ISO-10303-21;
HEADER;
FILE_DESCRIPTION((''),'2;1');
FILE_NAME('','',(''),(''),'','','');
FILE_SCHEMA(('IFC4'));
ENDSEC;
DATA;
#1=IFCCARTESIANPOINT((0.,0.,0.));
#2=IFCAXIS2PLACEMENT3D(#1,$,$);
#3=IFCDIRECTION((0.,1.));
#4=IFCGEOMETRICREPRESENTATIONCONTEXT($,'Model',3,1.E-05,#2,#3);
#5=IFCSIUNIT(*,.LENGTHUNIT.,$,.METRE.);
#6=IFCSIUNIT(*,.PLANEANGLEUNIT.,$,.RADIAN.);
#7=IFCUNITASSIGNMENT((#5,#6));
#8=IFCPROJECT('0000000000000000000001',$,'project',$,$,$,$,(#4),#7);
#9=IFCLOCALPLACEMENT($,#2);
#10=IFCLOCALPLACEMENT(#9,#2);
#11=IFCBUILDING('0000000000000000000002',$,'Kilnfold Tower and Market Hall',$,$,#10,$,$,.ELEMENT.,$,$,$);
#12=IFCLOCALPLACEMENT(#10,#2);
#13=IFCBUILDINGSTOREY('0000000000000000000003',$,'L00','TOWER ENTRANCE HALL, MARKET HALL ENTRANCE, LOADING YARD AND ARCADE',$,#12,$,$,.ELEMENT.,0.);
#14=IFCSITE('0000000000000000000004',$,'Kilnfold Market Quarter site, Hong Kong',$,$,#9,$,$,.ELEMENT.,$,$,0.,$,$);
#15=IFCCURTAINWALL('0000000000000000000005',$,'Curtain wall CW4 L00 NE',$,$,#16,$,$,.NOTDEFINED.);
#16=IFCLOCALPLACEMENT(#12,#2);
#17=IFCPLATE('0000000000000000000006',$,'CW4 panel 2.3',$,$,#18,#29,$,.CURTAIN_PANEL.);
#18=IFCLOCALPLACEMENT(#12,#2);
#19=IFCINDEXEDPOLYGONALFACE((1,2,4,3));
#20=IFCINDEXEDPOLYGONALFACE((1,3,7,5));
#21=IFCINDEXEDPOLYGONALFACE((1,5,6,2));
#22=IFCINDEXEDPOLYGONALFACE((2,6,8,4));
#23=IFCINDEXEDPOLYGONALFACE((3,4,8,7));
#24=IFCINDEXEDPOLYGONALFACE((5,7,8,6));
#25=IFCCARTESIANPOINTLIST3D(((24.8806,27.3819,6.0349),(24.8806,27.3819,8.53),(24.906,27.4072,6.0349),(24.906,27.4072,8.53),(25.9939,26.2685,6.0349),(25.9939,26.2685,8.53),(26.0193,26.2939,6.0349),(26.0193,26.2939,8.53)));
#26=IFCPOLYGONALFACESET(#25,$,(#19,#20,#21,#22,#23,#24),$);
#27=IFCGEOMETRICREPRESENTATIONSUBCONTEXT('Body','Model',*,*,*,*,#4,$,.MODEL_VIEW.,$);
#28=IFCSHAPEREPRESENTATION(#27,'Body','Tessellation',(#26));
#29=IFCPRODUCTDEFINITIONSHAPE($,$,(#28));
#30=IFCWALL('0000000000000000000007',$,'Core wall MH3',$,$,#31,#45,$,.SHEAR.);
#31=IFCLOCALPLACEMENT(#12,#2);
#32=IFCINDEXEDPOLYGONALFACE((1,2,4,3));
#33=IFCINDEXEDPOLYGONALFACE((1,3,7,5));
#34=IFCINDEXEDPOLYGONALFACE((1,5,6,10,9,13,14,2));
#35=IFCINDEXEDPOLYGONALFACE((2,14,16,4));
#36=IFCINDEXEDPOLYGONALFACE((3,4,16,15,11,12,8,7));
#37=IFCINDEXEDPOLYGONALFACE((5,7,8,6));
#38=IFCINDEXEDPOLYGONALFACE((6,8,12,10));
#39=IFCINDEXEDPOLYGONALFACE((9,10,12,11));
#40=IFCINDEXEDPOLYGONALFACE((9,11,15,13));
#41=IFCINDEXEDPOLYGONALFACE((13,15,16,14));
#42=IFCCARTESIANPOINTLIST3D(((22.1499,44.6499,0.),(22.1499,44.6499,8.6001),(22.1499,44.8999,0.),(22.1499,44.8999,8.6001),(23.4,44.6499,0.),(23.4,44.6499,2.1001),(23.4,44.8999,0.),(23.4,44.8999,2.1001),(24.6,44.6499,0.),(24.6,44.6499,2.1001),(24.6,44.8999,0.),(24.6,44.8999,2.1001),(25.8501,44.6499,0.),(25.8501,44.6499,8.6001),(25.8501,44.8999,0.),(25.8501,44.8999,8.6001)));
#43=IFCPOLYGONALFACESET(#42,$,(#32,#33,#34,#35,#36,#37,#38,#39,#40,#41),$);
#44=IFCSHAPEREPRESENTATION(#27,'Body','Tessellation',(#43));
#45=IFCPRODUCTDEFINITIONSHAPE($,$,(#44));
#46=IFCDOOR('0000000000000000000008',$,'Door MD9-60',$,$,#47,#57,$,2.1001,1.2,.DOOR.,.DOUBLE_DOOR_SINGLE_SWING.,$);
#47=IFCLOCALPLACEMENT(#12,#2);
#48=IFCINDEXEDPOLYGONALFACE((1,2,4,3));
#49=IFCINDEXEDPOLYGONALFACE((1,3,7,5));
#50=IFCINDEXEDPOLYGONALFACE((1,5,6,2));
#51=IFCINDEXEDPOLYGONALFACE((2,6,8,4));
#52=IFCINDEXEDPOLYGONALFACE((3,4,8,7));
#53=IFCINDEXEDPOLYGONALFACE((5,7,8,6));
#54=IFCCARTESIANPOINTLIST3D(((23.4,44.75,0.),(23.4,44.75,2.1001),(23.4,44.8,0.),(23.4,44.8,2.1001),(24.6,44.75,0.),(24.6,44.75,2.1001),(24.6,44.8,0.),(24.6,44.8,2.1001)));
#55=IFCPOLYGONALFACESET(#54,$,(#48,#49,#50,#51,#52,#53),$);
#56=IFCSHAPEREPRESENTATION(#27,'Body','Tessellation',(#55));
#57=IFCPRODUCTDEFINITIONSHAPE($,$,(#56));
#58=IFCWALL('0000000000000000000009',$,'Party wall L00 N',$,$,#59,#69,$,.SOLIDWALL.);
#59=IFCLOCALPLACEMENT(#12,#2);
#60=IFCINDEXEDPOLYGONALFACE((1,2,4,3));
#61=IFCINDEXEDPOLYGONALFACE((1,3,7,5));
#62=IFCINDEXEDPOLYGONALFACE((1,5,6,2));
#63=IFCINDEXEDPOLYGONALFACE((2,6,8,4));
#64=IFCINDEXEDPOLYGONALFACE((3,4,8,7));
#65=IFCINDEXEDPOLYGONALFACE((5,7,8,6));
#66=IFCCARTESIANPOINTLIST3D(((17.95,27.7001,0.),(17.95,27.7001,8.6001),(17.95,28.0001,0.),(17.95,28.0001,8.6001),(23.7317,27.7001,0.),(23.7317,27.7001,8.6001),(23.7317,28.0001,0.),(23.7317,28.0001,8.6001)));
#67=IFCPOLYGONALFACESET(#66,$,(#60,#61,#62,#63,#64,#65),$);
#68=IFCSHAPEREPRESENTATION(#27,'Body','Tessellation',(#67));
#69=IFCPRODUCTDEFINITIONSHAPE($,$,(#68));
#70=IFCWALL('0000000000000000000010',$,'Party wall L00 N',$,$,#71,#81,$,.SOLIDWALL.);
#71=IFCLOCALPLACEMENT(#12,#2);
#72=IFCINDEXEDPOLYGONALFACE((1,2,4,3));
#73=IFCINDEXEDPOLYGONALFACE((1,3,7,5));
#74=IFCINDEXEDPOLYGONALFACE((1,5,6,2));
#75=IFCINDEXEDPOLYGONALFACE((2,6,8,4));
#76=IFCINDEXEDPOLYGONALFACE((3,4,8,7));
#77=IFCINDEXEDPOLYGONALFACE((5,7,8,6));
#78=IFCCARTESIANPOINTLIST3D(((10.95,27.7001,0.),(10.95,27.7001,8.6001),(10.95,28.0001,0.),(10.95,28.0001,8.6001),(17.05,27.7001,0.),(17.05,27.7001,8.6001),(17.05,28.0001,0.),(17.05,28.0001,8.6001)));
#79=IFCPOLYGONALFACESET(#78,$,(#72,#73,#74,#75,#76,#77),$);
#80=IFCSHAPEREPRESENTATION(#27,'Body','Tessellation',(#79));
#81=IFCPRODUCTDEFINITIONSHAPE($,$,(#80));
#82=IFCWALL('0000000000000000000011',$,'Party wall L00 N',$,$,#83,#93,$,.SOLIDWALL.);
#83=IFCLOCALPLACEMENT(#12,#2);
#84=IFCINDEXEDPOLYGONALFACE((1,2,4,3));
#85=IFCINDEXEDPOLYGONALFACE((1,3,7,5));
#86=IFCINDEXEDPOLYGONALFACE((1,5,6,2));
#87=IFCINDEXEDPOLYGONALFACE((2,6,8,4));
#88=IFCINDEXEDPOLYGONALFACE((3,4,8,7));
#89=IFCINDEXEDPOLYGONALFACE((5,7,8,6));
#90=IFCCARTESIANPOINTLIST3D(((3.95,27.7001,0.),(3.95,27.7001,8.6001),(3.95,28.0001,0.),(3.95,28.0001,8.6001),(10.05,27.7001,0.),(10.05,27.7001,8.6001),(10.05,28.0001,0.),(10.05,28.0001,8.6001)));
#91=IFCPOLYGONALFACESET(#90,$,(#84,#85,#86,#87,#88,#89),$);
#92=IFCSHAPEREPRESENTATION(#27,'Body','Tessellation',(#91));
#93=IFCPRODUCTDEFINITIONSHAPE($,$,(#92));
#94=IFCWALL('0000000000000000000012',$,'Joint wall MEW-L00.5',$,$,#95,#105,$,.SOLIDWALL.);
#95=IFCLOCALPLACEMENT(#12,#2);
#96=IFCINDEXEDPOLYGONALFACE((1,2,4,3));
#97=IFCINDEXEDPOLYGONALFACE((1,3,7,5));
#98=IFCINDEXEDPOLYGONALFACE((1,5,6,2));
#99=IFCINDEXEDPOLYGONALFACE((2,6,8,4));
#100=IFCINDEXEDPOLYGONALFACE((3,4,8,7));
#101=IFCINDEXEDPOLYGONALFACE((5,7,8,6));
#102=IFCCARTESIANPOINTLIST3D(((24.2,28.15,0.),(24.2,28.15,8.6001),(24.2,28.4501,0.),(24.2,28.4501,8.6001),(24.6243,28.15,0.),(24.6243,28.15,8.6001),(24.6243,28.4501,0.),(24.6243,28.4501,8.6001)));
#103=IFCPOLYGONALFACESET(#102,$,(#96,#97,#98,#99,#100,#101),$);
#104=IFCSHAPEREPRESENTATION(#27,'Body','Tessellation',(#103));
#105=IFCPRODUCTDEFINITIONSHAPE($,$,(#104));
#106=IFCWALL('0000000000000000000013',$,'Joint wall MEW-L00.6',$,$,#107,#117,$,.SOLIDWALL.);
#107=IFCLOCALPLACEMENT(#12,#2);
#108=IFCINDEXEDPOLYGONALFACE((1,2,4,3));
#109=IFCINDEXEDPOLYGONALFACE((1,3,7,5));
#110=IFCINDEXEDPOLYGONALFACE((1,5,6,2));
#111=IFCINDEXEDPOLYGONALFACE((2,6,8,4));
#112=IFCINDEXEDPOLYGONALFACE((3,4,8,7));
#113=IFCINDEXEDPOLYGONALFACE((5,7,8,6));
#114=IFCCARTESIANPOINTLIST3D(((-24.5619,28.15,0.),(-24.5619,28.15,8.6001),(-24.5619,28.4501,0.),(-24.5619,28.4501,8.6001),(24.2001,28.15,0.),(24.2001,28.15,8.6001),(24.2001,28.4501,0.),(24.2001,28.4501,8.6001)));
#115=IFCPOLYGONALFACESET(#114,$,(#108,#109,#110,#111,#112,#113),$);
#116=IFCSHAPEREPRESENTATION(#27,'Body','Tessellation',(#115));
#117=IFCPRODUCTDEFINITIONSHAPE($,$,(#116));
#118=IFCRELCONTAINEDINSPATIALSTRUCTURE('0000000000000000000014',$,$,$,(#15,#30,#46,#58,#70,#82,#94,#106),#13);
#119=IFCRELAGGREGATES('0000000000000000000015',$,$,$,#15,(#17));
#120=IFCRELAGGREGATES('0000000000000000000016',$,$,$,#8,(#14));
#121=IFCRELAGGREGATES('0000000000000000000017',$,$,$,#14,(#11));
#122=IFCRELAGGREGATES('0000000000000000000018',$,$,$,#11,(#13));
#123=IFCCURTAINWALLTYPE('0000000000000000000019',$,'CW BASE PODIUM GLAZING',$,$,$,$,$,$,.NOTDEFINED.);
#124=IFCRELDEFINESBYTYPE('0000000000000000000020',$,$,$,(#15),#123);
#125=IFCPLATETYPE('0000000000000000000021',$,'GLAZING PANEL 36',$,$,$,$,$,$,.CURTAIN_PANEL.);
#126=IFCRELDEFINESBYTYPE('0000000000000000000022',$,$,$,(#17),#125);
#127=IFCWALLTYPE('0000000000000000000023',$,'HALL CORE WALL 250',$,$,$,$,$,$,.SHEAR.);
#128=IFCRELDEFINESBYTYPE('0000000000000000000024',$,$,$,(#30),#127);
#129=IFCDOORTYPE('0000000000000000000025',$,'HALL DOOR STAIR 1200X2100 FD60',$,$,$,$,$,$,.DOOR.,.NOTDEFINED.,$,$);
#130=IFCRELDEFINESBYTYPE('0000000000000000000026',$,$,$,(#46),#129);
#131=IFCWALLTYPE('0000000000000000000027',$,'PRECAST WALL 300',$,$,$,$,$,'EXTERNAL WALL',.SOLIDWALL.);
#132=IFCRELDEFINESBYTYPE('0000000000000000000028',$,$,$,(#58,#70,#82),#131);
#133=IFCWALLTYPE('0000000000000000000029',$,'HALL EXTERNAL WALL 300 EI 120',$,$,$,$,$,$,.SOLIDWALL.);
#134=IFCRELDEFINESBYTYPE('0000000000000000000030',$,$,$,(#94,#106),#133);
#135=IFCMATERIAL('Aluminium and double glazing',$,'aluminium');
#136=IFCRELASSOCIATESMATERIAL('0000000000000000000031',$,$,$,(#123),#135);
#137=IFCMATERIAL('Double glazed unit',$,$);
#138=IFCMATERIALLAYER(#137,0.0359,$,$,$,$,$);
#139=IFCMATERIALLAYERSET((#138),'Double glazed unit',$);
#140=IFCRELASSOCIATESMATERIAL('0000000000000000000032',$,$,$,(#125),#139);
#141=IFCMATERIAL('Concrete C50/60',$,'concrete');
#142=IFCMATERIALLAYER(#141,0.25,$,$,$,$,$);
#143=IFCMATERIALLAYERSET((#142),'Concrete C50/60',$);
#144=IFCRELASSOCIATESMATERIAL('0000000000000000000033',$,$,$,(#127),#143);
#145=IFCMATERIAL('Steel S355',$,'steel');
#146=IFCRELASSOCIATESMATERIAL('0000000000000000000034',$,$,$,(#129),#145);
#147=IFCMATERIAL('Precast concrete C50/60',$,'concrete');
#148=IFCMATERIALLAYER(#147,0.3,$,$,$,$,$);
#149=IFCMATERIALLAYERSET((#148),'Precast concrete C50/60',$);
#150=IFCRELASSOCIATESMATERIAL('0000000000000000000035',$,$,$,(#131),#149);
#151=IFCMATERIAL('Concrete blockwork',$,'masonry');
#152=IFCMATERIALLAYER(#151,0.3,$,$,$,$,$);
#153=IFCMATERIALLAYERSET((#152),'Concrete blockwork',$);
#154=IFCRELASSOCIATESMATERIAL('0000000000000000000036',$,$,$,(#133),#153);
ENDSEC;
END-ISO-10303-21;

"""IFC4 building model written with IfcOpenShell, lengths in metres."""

from ifc_helpers import new_model, si_unit, direction, frame, frame_2d, origin, origin_2d, place, context, subcontext, project, spatial, rectangle, extrude, source, transform, mapped, material, layer, layer_set, type_object, element, fill, aggregate, save


model = new_model("IFC4")

# Units and contexts
model_context = context("Model", 3, precision=1e-05, world=origin(), true_north=direction((0.0, 1.0)))
body_context = subcontext(model_context, "Body", "Model", "MODEL_VIEW")
ifc_project = project(units=[si_unit("LENGTHUNIT", "METRE"), si_unit("PLANEANGLEUNIT", "RADIAN")], contexts=[model_context])

# Site, building, storey
site_placement = place(None, origin())
site = spatial("IfcSite", under=ifc_project, at=site_placement, Name="Kilnfold Market Quarter site, Hong Kong", CompositionType="ELEMENT", RefElevation=0.0)
building_placement = place(site_placement, origin())
building = spatial("IfcBuilding", under=site, at=building_placement, Name="Kilnfold Tower and Market Hall", CompositionType="ELEMENT")
storey_placement = place(building_placement, origin())
storey = spatial("IfcBuildingStorey", under=building, at=storey_placement, Name="L00", Description="TOWER ENTRANCE HALL, MARKET HALL ENTRANCE, LOADING YARD AND ARCADE", CompositionType="ELEMENT", Elevation=0.0)

# Curtain wall, plate
ifc_material_1 = material(Name="Aluminium and double glazing", Category="aluminium")
curtain_wall_type = type_object("IfcCurtainWallType", Name="CW BASE PODIUM GLAZING", PredefinedType="NOTDEFINED", material=ifc_material_1)
curtain_wall_placement = place(storey_placement, origin())
curtain_wall = element("IfcCurtainWall", 1, at=curtain_wall_placement, inside=storey, type_object=curtain_wall_type, Name="Curtain wall CW4 L00 NE", PredefinedType="NOTDEFINED")
ifc_material_2 = material(Name="Double glazed unit")
ifc_layer_1 = layer(ifc_material_2, 0.0359)
ifc_layer_set_1 = layer_set([ifc_layer_1], Name="Double glazed unit")
plate_type = type_object("IfcPlateType", Name="GLAZING PANEL 36", PredefinedType="CURTAIN_PANEL", material=ifc_layer_set_1)
shared_shape_1 = source(origin(), body_context, "Body", "SweptSolid", [
    extrude(rectangle(XDim=1.5745, YDim=0.0359, at=origin_2d()), origin(), (0.0, 0.0, 1.0), 2.4951),
])
plate_placement = place(storey_placement, frame((25.45, 26.8379, 6.0349), z_axis=(0.0, 0.0, 1.0), x_axis=(-0.707092, 0.707122, 0.0)))
plate = element("IfcPlate", 2, at=plate_placement, type_object=plate_type, Name="CW4 panel 2.3", PredefinedType="CURTAIN_PANEL", context=body_context, shape_type="MappedRepresentation", body=[
    mapped(shared_shape_1, transform((0.0, 0.0, 0.0))),
])
aggregate(curtain_wall, [plate])

# Wall, opening, door
ifc_material_3 = material(Name="Concrete C50/60", Category="concrete")
ifc_layer_2 = layer(ifc_material_3, 0.25)
ifc_layer_set_2 = layer_set([ifc_layer_2], Name="Concrete C50/60")
wall_type_1 = type_object("IfcWallType", Name="HALL CORE WALL 250", PredefinedType="SHEAR", material=ifc_layer_set_2)
shared_shape_2 = source(origin(), body_context, "Body", "SweptSolid", [
    extrude(rectangle(XDim=3.7002, YDim=0.25, at=frame_2d((1.8501, 0.0))), origin(), (0.0, 0.0, 1.0), 8.6001),
])
wall_1_placement = place(storey_placement, frame((25.8501, 44.7749, 0.0), z_axis=(0.0, 0.0, 1.0), x_axis=(-1.0, 0.0, 0.0)))
wall_1 = element("IfcWall", 3, at=wall_1_placement, inside=storey, type_object=wall_type_1, Name="Core wall MH3", PredefinedType="SHEAR", context=body_context, shape_type="MappedRepresentation", body=[
    mapped(shared_shape_2, transform((0.0, 0.0, 0.0))),
])
opening_placement = place(wall_1_placement, frame((1.25, 0.0, 0.0)))
opening = element("IfcOpeningElement", 4, at=opening_placement, cuts=wall_1, PredefinedType="OPENING", context=body_context, shape_type="SweptSolid", body=[
    extrude(rectangle(XDim=1.2, YDim=2.1001, at=frame_2d((0.6001, 1.05))), frame((0.0, 0.135, 0.0), z_axis=(0.0, -1.0, 0.0), x_axis=(1.0, 0.0, 0.0)), (0.0, 0.0, 1.0), 0.27),
])
ifc_material_4 = material(Name="Steel S355", Category="steel")
door_type = type_object("IfcDoorType", Name="HALL DOOR STAIR 1200X2100 FD60", OperationType="NOTDEFINED", PredefinedType="DOOR", material=ifc_material_4)
door_placement = place(opening_placement, origin())
door = element("IfcDoor", 5, at=door_placement, inside=storey, type_object=door_type, Name="Door MD9-60", OperationType="DOUBLE_DOOR_SINGLE_SWING", OverallHeight=2.1001, OverallWidth=1.2, PredefinedType="DOOR", context=body_context, shape_type="SweptSolid", body=[
    extrude(rectangle(XDim=1.2, YDim=2.1001, at=frame_2d((0.6001, 1.05))), frame((0.0, 0.0249, 0.0), z_axis=(0.0, -1.0, 0.0), x_axis=(1.0, 0.0, 0.0)), (0.0, 0.0, 1.0), 0.05),
])
fill(opening, door)

# Walls
ifc_material_5 = material(Name="Precast concrete C50/60", Category="concrete")
ifc_layer_3 = layer(ifc_material_5, 0.3)
ifc_layer_set_3 = layer_set([ifc_layer_3], Name="Precast concrete C50/60")
wall_type_2 = type_object("IfcWallType", Name="PRECAST WALL 300", ElementType="EXTERNAL WALL", PredefinedType="SOLIDWALL", material=ifc_layer_set_3)
shared_shape_3 = source(origin(), body_context, "Body", "SweptSolid", [
    extrude(rectangle(XDim=5.7817, YDim=0.3, at=frame_2d((2.8909, 0.0))), origin(), (0.0, 0.0, 1.0), 8.6001),
])
wall_2_placement = place(storey_placement, frame((23.7317, 27.8501, 0.0), z_axis=(0.0, 0.0, 1.0), x_axis=(-1.0, 0.0, 0.0)))
element("IfcWall", 6, at=wall_2_placement, inside=storey, type_object=wall_type_2, Name="Party wall L00 N", PredefinedType="SOLIDWALL", context=body_context, shape_type="MappedRepresentation", body=[
    mapped(shared_shape_3, transform((0.0, 0.0, 0.0))),
])
shared_shape_4 = source(origin(), body_context, "Body", "SweptSolid", [
    extrude(rectangle(XDim=6.1001, YDim=0.3, at=frame_2d((3.05, 0.0))), origin(), (0.0, 0.0, 1.0), 8.6001),
])
for number, where, z_axis, x_axis, name in (
    (7, (17.05, 27.8501, 0.0), (0.0, 0.0, 1.0), (-1.0, 0.0, 0.0), "Party wall L00 N"),
    (8, (10.05, 27.8501, 0.0), (0.0, 0.0, 1.0), (-1.0, 0.0, 0.0), "Party wall L00 N"),
):
    element("IfcWall", number, at=place(storey_placement, frame(where, z_axis=z_axis, x_axis=x_axis)), inside=storey, type_object=wall_type_2, Name=name, PredefinedType="SOLIDWALL", context=body_context, shape_type="MappedRepresentation", body=[
        mapped(shared_shape_4, transform((0.0, 0.0, 0.0))),
    ])
ifc_material_6 = material(Name="Concrete blockwork", Category="masonry")
ifc_layer_4 = layer(ifc_material_6, 0.3)
ifc_layer_set_4 = layer_set([ifc_layer_4], Name="Concrete blockwork")
wall_type_3 = type_object("IfcWallType", Name="HALL EXTERNAL WALL 300 EI 120", PredefinedType="SOLIDWALL", material=ifc_layer_set_4)
shared_shape_5 = source(origin(), body_context, "Body", "SweptSolid", [
    extrude(rectangle(XDim=0.4243, YDim=0.3, at=frame_2d((0.2122, 0.0))), origin(), (0.0, 0.0, 1.0), 8.6001),
])
wall_3_placement = place(storey_placement, frame((24.6243, 28.3, 0.0), z_axis=(0.0, 0.0, 1.0), x_axis=(-1.0, 0.0, 0.0)))
element("IfcWall", 9, at=wall_3_placement, inside=storey, type_object=wall_type_3, Name="Joint wall MEW-L00.5", PredefinedType="SOLIDWALL", context=body_context, shape_type="MappedRepresentation", body=[
    mapped(shared_shape_5, transform((0.0, 0.0, 0.0))),
])
shared_shape_6 = source(origin(), body_context, "Body", "SweptSolid", [
    extrude(rectangle(XDim=48.762, YDim=0.3, at=frame_2d((24.3809, 0.0))), origin(), (0.0, 0.0, 1.0), 8.6001),
])
wall_4_placement = place(storey_placement, frame((24.2, 28.3, 0.0), z_axis=(0.0, 0.0, 1.0), x_axis=(-1.0, 0.0, 0.0)))
element("IfcWall", 10, at=wall_4_placement, inside=storey, type_object=wall_type_3, Name="Joint wall MEW-L00.6", PredefinedType="SOLIDWALL", context=body_context, shape_type="MappedRepresentation", body=[
    mapped(shared_shape_6, transform((0.0, 0.0, 0.0))),
])

save(model, "model.ifc")
